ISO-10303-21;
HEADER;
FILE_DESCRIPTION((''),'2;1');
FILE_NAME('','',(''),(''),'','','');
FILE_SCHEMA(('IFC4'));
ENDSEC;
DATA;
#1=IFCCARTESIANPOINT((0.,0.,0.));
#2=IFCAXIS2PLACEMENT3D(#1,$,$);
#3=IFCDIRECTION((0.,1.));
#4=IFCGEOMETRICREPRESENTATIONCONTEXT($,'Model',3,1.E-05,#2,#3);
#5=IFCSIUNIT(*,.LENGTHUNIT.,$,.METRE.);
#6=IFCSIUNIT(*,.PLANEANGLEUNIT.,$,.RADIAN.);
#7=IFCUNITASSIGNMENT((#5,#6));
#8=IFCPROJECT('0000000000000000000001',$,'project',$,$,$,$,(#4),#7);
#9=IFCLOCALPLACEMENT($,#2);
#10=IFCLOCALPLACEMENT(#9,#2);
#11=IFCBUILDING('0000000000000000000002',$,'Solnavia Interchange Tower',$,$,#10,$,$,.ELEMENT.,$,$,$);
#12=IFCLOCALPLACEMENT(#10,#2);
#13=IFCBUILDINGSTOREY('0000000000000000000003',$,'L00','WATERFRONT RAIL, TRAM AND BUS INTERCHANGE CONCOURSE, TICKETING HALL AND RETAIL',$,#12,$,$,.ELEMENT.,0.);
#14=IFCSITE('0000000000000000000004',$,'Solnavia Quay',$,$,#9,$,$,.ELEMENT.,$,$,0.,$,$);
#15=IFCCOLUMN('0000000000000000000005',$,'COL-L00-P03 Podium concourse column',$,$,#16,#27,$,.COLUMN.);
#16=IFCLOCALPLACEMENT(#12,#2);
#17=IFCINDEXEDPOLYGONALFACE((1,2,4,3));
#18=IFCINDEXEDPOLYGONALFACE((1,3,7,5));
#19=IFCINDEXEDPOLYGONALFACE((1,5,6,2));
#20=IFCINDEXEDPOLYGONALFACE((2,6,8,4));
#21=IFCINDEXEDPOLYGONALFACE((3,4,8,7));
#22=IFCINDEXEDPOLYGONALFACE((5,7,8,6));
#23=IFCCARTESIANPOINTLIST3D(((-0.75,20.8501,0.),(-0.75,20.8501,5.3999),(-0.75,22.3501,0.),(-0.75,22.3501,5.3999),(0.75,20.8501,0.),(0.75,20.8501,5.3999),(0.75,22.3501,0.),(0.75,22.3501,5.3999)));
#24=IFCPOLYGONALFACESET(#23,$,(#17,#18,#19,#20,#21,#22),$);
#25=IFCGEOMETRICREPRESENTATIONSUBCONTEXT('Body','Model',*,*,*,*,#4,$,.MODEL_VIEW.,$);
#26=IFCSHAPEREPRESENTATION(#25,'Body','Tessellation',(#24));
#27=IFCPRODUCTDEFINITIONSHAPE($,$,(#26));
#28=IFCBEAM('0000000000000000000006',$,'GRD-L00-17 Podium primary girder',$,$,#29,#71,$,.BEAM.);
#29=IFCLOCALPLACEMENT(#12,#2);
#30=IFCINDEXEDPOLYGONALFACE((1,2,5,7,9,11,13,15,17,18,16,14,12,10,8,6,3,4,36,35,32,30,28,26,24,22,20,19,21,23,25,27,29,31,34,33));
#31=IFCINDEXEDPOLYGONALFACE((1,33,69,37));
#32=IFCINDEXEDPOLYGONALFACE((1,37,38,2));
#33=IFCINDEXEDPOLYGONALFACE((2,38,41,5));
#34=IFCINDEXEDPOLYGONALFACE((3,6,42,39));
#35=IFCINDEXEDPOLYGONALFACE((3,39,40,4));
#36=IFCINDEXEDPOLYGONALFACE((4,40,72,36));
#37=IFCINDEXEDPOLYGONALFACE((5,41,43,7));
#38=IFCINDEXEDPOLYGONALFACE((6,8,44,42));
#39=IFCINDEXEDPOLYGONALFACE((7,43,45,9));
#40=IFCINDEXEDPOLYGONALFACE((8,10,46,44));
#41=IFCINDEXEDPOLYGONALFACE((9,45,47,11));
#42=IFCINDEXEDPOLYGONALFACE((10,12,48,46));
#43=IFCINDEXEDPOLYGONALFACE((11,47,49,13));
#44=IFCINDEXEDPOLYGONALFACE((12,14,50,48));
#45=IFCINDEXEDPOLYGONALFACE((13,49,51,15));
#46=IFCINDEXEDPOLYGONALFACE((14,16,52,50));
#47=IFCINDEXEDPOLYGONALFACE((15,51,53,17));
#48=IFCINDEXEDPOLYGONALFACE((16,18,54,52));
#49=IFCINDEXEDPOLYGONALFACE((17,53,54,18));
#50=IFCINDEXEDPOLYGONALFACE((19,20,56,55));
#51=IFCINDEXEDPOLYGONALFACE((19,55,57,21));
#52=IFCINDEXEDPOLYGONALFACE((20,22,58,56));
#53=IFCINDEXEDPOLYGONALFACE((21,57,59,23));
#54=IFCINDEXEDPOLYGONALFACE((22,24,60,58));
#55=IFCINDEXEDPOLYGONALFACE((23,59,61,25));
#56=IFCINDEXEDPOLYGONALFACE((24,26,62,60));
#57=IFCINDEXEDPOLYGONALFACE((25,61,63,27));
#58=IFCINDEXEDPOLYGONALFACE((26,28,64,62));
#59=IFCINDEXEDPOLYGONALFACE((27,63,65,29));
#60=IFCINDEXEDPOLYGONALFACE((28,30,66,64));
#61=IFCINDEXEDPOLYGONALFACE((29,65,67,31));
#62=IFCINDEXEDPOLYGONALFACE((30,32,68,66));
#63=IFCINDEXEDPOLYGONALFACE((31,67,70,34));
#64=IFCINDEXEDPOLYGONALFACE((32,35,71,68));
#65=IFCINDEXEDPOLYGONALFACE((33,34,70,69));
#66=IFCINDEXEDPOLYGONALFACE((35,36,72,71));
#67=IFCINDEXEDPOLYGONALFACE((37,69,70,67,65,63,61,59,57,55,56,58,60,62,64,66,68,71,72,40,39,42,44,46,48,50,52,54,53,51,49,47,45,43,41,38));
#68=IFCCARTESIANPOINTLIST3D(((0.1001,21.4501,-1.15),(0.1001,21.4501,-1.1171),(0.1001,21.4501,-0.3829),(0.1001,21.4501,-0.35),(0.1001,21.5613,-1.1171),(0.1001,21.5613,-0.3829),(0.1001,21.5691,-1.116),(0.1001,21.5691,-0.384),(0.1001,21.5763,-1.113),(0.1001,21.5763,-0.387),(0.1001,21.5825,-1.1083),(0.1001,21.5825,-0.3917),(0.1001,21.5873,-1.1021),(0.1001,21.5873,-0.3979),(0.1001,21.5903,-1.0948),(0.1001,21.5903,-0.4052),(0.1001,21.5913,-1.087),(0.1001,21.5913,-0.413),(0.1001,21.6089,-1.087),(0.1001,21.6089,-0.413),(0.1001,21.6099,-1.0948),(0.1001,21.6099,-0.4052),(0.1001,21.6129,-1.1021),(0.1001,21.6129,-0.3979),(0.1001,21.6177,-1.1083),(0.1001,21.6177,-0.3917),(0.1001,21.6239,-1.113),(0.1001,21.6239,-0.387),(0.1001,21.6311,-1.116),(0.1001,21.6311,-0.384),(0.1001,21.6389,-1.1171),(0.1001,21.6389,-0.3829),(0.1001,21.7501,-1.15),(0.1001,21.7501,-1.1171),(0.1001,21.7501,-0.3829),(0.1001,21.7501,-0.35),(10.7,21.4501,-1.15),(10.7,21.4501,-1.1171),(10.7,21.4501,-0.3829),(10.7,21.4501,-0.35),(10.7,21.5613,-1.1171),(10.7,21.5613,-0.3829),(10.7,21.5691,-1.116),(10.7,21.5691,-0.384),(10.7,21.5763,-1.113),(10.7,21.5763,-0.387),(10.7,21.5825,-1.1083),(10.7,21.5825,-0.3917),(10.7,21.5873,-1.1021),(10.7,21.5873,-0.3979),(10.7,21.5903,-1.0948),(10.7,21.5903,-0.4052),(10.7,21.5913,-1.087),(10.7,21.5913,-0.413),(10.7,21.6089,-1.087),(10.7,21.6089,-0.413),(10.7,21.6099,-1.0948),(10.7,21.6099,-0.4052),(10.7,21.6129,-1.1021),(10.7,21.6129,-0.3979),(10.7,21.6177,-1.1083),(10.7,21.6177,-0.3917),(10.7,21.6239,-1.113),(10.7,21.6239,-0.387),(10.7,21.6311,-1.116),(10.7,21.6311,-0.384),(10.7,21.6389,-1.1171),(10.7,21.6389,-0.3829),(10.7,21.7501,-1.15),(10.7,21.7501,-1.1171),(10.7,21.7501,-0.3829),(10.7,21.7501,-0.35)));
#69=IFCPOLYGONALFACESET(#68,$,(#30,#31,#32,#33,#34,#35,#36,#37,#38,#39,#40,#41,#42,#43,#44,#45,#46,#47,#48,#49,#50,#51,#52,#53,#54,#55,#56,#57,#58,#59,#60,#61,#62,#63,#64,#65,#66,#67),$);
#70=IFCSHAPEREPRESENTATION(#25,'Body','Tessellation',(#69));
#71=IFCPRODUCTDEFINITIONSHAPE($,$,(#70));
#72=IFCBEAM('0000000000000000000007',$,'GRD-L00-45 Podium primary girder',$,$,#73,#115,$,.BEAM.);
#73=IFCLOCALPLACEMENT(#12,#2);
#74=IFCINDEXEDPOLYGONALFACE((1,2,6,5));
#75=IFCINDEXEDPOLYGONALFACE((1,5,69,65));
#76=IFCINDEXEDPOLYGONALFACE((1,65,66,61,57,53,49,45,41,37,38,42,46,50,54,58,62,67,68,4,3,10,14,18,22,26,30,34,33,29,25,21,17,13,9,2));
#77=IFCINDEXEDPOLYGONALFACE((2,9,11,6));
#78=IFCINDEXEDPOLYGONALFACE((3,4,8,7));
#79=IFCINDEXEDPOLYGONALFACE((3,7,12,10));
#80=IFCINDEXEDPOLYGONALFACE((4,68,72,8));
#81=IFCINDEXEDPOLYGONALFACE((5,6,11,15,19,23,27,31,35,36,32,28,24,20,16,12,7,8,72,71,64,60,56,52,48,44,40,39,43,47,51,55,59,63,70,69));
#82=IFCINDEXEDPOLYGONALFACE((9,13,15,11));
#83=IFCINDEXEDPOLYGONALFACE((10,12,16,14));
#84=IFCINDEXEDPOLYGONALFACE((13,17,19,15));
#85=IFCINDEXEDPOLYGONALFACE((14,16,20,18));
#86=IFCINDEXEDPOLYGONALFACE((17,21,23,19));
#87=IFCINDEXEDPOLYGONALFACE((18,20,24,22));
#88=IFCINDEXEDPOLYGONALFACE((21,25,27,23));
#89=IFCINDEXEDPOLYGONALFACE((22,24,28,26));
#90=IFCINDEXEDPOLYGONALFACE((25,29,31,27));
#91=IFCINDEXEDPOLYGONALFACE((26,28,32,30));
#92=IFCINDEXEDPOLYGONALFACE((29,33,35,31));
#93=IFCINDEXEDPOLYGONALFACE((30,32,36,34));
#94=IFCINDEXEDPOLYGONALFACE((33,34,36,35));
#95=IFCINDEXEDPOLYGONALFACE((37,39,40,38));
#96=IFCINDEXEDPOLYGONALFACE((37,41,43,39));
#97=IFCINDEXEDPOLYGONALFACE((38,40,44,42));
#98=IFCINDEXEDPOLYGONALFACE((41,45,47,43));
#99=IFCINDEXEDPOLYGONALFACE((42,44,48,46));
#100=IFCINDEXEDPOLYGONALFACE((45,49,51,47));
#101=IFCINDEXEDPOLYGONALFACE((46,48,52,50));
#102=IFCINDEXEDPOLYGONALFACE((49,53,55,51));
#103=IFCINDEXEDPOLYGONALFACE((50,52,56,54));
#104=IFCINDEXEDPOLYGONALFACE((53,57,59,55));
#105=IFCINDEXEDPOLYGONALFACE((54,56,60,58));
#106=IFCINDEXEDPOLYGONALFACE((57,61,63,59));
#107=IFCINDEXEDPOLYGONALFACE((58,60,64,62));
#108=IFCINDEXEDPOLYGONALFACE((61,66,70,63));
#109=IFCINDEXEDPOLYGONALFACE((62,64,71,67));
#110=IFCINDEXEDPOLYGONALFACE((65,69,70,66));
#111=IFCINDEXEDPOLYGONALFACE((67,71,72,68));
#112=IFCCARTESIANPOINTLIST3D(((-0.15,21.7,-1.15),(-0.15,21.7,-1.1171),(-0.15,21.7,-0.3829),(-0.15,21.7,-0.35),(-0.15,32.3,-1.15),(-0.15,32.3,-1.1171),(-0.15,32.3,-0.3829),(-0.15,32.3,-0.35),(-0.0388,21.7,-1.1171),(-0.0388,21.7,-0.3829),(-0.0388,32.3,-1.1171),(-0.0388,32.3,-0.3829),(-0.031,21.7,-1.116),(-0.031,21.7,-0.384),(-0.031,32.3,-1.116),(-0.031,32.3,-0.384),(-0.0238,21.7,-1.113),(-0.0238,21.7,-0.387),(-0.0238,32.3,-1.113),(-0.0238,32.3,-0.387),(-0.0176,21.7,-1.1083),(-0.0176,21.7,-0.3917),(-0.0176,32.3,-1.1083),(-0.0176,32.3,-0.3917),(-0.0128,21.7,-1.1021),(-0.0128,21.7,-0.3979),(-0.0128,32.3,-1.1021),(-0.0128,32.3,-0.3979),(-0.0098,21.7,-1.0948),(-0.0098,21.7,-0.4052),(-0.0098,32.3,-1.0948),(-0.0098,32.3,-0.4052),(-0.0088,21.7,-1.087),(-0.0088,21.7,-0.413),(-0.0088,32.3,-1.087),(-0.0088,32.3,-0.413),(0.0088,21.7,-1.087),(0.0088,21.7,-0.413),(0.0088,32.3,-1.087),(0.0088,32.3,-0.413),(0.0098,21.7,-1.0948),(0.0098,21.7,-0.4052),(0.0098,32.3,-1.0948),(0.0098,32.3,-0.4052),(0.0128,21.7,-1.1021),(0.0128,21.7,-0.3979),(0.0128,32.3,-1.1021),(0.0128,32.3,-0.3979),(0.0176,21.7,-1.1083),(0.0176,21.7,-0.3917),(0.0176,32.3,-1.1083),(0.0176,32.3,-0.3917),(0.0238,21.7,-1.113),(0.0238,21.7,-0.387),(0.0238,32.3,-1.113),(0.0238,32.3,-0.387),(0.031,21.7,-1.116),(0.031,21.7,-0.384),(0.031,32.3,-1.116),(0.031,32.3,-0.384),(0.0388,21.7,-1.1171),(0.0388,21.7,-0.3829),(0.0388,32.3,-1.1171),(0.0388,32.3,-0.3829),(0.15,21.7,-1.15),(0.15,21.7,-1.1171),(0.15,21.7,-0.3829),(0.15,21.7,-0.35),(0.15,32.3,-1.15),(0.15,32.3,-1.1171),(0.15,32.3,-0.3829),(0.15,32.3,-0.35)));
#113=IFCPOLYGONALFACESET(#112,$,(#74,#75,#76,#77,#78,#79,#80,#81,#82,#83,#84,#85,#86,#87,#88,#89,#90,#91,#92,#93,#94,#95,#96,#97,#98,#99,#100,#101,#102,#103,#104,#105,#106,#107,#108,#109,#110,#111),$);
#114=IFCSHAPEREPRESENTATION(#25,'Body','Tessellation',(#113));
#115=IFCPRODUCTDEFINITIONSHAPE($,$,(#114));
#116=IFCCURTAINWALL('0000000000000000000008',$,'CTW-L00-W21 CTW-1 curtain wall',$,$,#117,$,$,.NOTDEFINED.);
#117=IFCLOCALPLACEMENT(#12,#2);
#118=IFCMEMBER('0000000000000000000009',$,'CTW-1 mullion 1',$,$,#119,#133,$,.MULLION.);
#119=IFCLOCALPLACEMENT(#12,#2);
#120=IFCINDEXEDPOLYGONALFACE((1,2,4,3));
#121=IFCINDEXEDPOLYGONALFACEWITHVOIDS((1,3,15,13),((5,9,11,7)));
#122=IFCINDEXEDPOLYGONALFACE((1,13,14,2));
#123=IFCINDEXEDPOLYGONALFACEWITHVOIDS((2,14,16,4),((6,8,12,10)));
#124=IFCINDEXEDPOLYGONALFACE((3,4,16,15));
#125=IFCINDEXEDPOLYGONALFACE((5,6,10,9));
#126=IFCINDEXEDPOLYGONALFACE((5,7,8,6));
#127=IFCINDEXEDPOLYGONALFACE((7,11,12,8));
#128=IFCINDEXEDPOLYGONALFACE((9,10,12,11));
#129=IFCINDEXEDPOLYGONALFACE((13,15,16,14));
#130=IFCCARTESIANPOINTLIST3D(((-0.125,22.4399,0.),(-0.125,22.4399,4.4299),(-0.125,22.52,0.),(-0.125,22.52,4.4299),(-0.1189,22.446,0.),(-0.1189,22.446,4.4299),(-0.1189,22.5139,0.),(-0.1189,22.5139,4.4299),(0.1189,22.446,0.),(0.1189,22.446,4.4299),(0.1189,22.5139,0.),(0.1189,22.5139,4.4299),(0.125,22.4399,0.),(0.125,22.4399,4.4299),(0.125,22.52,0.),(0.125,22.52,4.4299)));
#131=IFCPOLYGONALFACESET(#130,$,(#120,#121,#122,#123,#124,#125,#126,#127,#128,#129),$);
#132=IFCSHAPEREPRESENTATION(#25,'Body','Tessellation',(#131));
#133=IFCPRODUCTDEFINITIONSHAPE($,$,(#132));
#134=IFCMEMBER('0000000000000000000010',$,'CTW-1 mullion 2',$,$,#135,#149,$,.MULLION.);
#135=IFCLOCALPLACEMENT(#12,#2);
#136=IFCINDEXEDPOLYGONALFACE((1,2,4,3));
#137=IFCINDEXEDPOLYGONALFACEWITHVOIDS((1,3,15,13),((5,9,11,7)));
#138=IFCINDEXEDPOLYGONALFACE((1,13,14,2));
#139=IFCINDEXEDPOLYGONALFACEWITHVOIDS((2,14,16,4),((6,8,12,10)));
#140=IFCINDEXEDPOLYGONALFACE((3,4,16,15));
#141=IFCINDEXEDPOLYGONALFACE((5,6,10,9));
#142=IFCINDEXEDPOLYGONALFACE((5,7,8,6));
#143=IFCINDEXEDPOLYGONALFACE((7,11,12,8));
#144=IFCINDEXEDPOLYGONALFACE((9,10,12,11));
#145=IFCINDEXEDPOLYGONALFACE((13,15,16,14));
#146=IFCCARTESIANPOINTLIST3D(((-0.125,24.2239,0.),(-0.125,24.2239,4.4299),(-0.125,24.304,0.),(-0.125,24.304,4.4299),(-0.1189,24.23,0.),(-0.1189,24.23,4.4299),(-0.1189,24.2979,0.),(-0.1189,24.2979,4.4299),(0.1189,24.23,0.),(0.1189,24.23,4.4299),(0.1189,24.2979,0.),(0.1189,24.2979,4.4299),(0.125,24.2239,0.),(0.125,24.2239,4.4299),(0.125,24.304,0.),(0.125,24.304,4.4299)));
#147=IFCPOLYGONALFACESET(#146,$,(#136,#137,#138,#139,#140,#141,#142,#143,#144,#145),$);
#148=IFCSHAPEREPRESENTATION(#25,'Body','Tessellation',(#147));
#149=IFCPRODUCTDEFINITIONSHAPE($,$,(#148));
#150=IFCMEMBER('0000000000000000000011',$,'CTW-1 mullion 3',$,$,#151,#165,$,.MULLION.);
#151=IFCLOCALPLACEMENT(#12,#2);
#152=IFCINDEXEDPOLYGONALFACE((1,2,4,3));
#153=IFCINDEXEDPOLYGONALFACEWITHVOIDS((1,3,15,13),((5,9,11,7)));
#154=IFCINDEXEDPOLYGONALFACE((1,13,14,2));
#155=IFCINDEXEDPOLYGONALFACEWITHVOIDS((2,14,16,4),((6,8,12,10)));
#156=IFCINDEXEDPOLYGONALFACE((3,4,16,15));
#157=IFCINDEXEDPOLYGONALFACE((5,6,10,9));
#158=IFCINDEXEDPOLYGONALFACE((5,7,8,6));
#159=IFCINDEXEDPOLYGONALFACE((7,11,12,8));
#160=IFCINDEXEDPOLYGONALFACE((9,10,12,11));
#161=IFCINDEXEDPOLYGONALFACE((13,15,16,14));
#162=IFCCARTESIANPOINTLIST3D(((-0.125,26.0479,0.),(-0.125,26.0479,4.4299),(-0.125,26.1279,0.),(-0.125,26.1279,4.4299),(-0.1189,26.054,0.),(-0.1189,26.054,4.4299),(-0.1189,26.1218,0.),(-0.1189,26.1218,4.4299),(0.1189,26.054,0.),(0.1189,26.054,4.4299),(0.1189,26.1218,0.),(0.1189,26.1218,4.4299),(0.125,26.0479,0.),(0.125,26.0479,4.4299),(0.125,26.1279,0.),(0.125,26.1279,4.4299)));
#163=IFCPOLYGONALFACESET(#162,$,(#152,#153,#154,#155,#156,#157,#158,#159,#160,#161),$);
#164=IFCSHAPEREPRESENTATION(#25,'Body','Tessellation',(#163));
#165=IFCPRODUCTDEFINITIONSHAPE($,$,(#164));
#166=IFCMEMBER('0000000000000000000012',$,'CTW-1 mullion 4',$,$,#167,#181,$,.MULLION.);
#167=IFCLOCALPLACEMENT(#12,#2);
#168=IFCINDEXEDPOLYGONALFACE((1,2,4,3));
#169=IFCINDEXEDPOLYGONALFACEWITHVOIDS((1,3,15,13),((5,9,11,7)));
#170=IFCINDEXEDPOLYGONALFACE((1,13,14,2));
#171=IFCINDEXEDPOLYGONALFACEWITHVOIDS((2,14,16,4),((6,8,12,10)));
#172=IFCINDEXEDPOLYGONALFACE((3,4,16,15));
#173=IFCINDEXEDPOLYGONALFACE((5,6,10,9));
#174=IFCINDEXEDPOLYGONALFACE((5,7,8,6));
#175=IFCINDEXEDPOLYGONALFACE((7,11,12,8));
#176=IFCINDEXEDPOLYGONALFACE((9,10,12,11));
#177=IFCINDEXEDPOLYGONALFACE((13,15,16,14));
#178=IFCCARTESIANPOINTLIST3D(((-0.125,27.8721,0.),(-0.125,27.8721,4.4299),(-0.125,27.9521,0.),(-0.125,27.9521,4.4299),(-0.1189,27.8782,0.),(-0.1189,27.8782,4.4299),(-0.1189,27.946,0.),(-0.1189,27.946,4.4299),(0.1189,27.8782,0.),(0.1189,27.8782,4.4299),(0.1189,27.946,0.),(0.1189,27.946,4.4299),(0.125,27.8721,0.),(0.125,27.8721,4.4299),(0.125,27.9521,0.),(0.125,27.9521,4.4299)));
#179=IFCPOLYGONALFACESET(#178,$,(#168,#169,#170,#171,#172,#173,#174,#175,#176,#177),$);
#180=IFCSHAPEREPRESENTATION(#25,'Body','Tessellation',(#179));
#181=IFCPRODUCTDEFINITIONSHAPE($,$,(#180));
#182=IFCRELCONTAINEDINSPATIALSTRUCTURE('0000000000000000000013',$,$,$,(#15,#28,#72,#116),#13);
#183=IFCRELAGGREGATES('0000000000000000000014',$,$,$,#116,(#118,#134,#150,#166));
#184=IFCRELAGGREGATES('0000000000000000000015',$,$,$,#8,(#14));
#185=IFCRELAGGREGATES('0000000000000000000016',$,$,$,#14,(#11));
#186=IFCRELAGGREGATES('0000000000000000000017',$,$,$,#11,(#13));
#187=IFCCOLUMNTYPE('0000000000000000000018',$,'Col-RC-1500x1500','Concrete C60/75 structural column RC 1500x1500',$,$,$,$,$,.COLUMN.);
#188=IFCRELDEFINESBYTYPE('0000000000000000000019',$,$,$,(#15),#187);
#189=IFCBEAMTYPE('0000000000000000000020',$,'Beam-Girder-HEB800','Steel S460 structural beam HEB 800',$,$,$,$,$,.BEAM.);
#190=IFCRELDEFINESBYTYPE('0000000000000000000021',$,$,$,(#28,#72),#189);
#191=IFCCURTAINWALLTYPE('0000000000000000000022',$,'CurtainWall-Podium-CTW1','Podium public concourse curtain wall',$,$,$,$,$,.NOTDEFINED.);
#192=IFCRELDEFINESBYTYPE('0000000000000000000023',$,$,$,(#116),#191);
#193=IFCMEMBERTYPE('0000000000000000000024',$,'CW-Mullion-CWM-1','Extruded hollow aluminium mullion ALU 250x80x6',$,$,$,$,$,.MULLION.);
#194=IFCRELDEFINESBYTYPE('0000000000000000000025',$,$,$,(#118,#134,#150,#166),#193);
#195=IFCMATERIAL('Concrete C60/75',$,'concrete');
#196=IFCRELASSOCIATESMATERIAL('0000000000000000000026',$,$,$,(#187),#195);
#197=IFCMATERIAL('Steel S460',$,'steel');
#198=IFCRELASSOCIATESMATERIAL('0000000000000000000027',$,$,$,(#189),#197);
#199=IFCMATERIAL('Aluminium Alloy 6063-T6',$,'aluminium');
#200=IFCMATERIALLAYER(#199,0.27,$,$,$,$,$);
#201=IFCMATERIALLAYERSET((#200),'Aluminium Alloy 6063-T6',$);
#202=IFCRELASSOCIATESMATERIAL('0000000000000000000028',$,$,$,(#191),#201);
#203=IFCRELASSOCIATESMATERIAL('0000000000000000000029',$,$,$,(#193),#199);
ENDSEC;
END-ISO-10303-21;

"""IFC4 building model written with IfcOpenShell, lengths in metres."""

from ifc_helpers import new_model, si_unit, direction, frame, origin, origin_2d, place, context, subcontext, project, spatial, rectangle, hollow_rectangle, i_section, extrude, material, layer, layer_set, material_profile, profile_set, type_object, element, aggregate, save


model = new_model("IFC4")

# Units and contexts
model_context = context("Model", 3, precision=1e-05, world=origin(), true_north=direction((0.0, 1.0)))
body_context = subcontext(model_context, "Body", "Model", "MODEL_VIEW")
ifc_project = project(units=[si_unit("LENGTHUNIT", "METRE"), si_unit("PLANEANGLEUNIT", "RADIAN")], contexts=[model_context])

# Site, building, storey
site_placement = place(None, origin())
site = spatial("IfcSite", under=ifc_project, at=site_placement, Name="Solnavia Quay", CompositionType="ELEMENT", RefElevation=0.0)
building_placement = place(site_placement, origin())
building = spatial("IfcBuilding", under=site, at=building_placement, Name="Solnavia Interchange Tower", CompositionType="ELEMENT")
storey_placement = place(building_placement, origin())
storey = spatial("IfcBuildingStorey", under=building, at=storey_placement, Name="L00", Description="WATERFRONT RAIL, TRAM AND BUS INTERCHANGE CONCOURSE, TICKETING HALL AND RETAIL", CompositionType="ELEMENT", Elevation=0.0)

# Column
ifc_material_1 = material(Name="Concrete C60/75", Category="concrete")
ifc_material_profile_1 = material_profile(ifc_material_1, rectangle(XDim=1.5, YDim=1.5, at=origin_2d()), Name="RC 1500x1500")
ifc_profile_set_1 = profile_set([ifc_material_profile_1], Name="Concrete C60/75")
column_type = type_object("IfcColumnType", Name="Col-RC-1500x1500", Description="Concrete C60/75 structural column RC 1500x1500", PredefinedType="COLUMN", material=ifc_profile_set_1)
column_placement = place(storey_placement, frame((0.0, 21.6001, 0.0), z_axis=(0.0, 0.0, 1.0), x_axis=(1.0, 0.0, 0.0)))
element("IfcColumn", 1, at=column_placement, inside=storey, type_object=column_type, Name="COL-L00-P03 Podium concourse column", PredefinedType="COLUMN", context=body_context, shape_type="SweptSolid", body=[
    extrude(rectangle(XDim=1.5, YDim=1.5, at=origin_2d()), origin(), (0.0, 0.0, 1.0), 5.3999),
])

# Beams
ifc_material_2 = material(Name="Steel S460", Category="steel")
ifc_material_profile_2 = material_profile(ifc_material_2, i_section(OverallWidth=0.3, OverallDepth=0.8, WebThickness=0.0176, FlangeThickness=0.033, FilletRadius=0.03, at=origin_2d()), Name="HEB 800")
ifc_profile_set_2 = profile_set([ifc_material_profile_2], Name="Steel S460")
beam_type = type_object("IfcBeamType", Name="Beam-Girder-HEB800", Description="Steel S460 structural beam HEB 800", PredefinedType="BEAM", material=ifc_profile_set_2)
beam_1_placement = place(storey_placement, frame((0.1001, 21.6001, -0.75), z_axis=(1.0, 0.0, 0.0), x_axis=(0.0, 1.0, 0.0)))
element("IfcBeam", 2, at=beam_1_placement, inside=storey, type_object=beam_type, Name="GRD-L00-17 Podium primary girder", PredefinedType="BEAM", context=body_context, shape_type="SweptSolid", body=[
    extrude(i_section(OverallWidth=0.3, OverallDepth=0.8, WebThickness=0.0176, FlangeThickness=0.033, FilletRadius=0.03, at=origin_2d()), origin(), (0.0, 0.0, 1.0), 10.5999),
])
beam_2_placement = place(storey_placement, frame((0.0, 21.7, -0.75), z_axis=(0.0, 1.0, 0.0), x_axis=(-1.0, 0.0, 0.0)))
element("IfcBeam", 3, at=beam_2_placement, inside=storey, type_object=beam_type, Name="GRD-L00-45 Podium primary girder", PredefinedType="BEAM", context=body_context, shape_type="SweptSolid", body=[
    extrude(i_section(OverallWidth=0.3, OverallDepth=0.8, WebThickness=0.0176, FlangeThickness=0.033, FilletRadius=0.03, at=origin_2d()), origin(), (0.0, 0.0, 1.0), 10.6001),
])

# Curtain wall, members
ifc_material_3 = material(Name="Aluminium Alloy 6063-T6", Category="aluminium")
ifc_layer_1 = layer(ifc_material_3, 0.27)
ifc_layer_set_1 = layer_set([ifc_layer_1], Name="Aluminium Alloy 6063-T6")
curtain_wall_type = type_object("IfcCurtainWallType", Name="CurtainWall-Podium-CTW1", Description="Podium public concourse curtain wall", PredefinedType="NOTDEFINED", material=ifc_layer_set_1)
curtain_wall_placement = place(storey_placement, origin())
curtain_wall = element("IfcCurtainWall", 4, at=curtain_wall_placement, inside=storey, type_object=curtain_wall_type, Name="CTW-L00-W21 CTW-1 curtain wall", PredefinedType="NOTDEFINED")
ifc_material_profile_3 = material_profile(ifc_material_3, hollow_rectangle(XDim=0.0801, YDim=0.25, WallThickness=0.0061, at=origin_2d()), Name="ALU 250x80x6")
ifc_profile_set_3 = profile_set([ifc_material_profile_3], Name="Aluminium Alloy 6063-T6")
member_type_1 = type_object("IfcMemberType", Name="CW-Mullion-CWM-1", Description="Extruded hollow aluminium mullion ALU 250x80x6", PredefinedType="MULLION", material=ifc_profile_set_3)
member_1_placement = place(storey_placement, frame((0.0, 22.48, 0.0), z_axis=(0.0, 0.0, 1.0), x_axis=(0.0, 1.0, 0.0)))
member_1 = element("IfcMember", 5, at=member_1_placement, type_object=member_type_1, Name="CTW-1 mullion 1", PredefinedType="MULLION", context=body_context, shape_type="SweptSolid", body=[
    extrude(hollow_rectangle(XDim=0.0801, YDim=0.25, WallThickness=0.0061, at=origin_2d()), origin(), (0.0, 0.0, 1.0), 4.4299),
])
member_2_placement = place(storey_placement, frame((0.0, 24.2639, 0.0), z_axis=(0.0, 0.0, 1.0), x_axis=(0.0, 1.0, 0.0)))
member_2 = element("IfcMember", 6, at=member_2_placement, type_object=member_type_1, Name="CTW-1 mullion 2", PredefinedType="MULLION", context=body_context, shape_type="SweptSolid", body=[
    extrude(hollow_rectangle(XDim=0.0801, YDim=0.25, WallThickness=0.0061, at=origin_2d()), origin(), (0.0, 0.0, 1.0), 4.4299),
])
member_3_placement = place(storey_placement, frame((0.0, 26.0879, 0.0), z_axis=(0.0, 0.0, 1.0), x_axis=(0.0, 1.0, 0.0)))
member_3 = element("IfcMember", 7, at=member_3_placement, type_object=member_type_1, Name="CTW-1 mullion 3", PredefinedType="MULLION", context=body_context, shape_type="SweptSolid", body=[
    extrude(hollow_rectangle(XDim=0.0801, YDim=0.25, WallThickness=0.0061, at=origin_2d()), origin(), (0.0, 0.0, 1.0), 4.4299),
])
member_4_placement = place(storey_placement, frame((0.0, 27.9121, 0.0), z_axis=(0.0, 0.0, 1.0), x_axis=(0.0, 1.0, 0.0)))
member_4 = element("IfcMember", 8, at=member_4_placement, type_object=member_type_1, Name="CTW-1 mullion 4", PredefinedType="MULLION", context=body_context, shape_type="SweptSolid", body=[
    extrude(hollow_rectangle(XDim=0.0801, YDim=0.25, WallThickness=0.0061, at=origin_2d()), origin(), (0.0, 0.0, 1.0), 4.4299),
])
aggregate(curtain_wall, [member_1, member_2, member_3, member_4])

save(model, "model.ifc")
